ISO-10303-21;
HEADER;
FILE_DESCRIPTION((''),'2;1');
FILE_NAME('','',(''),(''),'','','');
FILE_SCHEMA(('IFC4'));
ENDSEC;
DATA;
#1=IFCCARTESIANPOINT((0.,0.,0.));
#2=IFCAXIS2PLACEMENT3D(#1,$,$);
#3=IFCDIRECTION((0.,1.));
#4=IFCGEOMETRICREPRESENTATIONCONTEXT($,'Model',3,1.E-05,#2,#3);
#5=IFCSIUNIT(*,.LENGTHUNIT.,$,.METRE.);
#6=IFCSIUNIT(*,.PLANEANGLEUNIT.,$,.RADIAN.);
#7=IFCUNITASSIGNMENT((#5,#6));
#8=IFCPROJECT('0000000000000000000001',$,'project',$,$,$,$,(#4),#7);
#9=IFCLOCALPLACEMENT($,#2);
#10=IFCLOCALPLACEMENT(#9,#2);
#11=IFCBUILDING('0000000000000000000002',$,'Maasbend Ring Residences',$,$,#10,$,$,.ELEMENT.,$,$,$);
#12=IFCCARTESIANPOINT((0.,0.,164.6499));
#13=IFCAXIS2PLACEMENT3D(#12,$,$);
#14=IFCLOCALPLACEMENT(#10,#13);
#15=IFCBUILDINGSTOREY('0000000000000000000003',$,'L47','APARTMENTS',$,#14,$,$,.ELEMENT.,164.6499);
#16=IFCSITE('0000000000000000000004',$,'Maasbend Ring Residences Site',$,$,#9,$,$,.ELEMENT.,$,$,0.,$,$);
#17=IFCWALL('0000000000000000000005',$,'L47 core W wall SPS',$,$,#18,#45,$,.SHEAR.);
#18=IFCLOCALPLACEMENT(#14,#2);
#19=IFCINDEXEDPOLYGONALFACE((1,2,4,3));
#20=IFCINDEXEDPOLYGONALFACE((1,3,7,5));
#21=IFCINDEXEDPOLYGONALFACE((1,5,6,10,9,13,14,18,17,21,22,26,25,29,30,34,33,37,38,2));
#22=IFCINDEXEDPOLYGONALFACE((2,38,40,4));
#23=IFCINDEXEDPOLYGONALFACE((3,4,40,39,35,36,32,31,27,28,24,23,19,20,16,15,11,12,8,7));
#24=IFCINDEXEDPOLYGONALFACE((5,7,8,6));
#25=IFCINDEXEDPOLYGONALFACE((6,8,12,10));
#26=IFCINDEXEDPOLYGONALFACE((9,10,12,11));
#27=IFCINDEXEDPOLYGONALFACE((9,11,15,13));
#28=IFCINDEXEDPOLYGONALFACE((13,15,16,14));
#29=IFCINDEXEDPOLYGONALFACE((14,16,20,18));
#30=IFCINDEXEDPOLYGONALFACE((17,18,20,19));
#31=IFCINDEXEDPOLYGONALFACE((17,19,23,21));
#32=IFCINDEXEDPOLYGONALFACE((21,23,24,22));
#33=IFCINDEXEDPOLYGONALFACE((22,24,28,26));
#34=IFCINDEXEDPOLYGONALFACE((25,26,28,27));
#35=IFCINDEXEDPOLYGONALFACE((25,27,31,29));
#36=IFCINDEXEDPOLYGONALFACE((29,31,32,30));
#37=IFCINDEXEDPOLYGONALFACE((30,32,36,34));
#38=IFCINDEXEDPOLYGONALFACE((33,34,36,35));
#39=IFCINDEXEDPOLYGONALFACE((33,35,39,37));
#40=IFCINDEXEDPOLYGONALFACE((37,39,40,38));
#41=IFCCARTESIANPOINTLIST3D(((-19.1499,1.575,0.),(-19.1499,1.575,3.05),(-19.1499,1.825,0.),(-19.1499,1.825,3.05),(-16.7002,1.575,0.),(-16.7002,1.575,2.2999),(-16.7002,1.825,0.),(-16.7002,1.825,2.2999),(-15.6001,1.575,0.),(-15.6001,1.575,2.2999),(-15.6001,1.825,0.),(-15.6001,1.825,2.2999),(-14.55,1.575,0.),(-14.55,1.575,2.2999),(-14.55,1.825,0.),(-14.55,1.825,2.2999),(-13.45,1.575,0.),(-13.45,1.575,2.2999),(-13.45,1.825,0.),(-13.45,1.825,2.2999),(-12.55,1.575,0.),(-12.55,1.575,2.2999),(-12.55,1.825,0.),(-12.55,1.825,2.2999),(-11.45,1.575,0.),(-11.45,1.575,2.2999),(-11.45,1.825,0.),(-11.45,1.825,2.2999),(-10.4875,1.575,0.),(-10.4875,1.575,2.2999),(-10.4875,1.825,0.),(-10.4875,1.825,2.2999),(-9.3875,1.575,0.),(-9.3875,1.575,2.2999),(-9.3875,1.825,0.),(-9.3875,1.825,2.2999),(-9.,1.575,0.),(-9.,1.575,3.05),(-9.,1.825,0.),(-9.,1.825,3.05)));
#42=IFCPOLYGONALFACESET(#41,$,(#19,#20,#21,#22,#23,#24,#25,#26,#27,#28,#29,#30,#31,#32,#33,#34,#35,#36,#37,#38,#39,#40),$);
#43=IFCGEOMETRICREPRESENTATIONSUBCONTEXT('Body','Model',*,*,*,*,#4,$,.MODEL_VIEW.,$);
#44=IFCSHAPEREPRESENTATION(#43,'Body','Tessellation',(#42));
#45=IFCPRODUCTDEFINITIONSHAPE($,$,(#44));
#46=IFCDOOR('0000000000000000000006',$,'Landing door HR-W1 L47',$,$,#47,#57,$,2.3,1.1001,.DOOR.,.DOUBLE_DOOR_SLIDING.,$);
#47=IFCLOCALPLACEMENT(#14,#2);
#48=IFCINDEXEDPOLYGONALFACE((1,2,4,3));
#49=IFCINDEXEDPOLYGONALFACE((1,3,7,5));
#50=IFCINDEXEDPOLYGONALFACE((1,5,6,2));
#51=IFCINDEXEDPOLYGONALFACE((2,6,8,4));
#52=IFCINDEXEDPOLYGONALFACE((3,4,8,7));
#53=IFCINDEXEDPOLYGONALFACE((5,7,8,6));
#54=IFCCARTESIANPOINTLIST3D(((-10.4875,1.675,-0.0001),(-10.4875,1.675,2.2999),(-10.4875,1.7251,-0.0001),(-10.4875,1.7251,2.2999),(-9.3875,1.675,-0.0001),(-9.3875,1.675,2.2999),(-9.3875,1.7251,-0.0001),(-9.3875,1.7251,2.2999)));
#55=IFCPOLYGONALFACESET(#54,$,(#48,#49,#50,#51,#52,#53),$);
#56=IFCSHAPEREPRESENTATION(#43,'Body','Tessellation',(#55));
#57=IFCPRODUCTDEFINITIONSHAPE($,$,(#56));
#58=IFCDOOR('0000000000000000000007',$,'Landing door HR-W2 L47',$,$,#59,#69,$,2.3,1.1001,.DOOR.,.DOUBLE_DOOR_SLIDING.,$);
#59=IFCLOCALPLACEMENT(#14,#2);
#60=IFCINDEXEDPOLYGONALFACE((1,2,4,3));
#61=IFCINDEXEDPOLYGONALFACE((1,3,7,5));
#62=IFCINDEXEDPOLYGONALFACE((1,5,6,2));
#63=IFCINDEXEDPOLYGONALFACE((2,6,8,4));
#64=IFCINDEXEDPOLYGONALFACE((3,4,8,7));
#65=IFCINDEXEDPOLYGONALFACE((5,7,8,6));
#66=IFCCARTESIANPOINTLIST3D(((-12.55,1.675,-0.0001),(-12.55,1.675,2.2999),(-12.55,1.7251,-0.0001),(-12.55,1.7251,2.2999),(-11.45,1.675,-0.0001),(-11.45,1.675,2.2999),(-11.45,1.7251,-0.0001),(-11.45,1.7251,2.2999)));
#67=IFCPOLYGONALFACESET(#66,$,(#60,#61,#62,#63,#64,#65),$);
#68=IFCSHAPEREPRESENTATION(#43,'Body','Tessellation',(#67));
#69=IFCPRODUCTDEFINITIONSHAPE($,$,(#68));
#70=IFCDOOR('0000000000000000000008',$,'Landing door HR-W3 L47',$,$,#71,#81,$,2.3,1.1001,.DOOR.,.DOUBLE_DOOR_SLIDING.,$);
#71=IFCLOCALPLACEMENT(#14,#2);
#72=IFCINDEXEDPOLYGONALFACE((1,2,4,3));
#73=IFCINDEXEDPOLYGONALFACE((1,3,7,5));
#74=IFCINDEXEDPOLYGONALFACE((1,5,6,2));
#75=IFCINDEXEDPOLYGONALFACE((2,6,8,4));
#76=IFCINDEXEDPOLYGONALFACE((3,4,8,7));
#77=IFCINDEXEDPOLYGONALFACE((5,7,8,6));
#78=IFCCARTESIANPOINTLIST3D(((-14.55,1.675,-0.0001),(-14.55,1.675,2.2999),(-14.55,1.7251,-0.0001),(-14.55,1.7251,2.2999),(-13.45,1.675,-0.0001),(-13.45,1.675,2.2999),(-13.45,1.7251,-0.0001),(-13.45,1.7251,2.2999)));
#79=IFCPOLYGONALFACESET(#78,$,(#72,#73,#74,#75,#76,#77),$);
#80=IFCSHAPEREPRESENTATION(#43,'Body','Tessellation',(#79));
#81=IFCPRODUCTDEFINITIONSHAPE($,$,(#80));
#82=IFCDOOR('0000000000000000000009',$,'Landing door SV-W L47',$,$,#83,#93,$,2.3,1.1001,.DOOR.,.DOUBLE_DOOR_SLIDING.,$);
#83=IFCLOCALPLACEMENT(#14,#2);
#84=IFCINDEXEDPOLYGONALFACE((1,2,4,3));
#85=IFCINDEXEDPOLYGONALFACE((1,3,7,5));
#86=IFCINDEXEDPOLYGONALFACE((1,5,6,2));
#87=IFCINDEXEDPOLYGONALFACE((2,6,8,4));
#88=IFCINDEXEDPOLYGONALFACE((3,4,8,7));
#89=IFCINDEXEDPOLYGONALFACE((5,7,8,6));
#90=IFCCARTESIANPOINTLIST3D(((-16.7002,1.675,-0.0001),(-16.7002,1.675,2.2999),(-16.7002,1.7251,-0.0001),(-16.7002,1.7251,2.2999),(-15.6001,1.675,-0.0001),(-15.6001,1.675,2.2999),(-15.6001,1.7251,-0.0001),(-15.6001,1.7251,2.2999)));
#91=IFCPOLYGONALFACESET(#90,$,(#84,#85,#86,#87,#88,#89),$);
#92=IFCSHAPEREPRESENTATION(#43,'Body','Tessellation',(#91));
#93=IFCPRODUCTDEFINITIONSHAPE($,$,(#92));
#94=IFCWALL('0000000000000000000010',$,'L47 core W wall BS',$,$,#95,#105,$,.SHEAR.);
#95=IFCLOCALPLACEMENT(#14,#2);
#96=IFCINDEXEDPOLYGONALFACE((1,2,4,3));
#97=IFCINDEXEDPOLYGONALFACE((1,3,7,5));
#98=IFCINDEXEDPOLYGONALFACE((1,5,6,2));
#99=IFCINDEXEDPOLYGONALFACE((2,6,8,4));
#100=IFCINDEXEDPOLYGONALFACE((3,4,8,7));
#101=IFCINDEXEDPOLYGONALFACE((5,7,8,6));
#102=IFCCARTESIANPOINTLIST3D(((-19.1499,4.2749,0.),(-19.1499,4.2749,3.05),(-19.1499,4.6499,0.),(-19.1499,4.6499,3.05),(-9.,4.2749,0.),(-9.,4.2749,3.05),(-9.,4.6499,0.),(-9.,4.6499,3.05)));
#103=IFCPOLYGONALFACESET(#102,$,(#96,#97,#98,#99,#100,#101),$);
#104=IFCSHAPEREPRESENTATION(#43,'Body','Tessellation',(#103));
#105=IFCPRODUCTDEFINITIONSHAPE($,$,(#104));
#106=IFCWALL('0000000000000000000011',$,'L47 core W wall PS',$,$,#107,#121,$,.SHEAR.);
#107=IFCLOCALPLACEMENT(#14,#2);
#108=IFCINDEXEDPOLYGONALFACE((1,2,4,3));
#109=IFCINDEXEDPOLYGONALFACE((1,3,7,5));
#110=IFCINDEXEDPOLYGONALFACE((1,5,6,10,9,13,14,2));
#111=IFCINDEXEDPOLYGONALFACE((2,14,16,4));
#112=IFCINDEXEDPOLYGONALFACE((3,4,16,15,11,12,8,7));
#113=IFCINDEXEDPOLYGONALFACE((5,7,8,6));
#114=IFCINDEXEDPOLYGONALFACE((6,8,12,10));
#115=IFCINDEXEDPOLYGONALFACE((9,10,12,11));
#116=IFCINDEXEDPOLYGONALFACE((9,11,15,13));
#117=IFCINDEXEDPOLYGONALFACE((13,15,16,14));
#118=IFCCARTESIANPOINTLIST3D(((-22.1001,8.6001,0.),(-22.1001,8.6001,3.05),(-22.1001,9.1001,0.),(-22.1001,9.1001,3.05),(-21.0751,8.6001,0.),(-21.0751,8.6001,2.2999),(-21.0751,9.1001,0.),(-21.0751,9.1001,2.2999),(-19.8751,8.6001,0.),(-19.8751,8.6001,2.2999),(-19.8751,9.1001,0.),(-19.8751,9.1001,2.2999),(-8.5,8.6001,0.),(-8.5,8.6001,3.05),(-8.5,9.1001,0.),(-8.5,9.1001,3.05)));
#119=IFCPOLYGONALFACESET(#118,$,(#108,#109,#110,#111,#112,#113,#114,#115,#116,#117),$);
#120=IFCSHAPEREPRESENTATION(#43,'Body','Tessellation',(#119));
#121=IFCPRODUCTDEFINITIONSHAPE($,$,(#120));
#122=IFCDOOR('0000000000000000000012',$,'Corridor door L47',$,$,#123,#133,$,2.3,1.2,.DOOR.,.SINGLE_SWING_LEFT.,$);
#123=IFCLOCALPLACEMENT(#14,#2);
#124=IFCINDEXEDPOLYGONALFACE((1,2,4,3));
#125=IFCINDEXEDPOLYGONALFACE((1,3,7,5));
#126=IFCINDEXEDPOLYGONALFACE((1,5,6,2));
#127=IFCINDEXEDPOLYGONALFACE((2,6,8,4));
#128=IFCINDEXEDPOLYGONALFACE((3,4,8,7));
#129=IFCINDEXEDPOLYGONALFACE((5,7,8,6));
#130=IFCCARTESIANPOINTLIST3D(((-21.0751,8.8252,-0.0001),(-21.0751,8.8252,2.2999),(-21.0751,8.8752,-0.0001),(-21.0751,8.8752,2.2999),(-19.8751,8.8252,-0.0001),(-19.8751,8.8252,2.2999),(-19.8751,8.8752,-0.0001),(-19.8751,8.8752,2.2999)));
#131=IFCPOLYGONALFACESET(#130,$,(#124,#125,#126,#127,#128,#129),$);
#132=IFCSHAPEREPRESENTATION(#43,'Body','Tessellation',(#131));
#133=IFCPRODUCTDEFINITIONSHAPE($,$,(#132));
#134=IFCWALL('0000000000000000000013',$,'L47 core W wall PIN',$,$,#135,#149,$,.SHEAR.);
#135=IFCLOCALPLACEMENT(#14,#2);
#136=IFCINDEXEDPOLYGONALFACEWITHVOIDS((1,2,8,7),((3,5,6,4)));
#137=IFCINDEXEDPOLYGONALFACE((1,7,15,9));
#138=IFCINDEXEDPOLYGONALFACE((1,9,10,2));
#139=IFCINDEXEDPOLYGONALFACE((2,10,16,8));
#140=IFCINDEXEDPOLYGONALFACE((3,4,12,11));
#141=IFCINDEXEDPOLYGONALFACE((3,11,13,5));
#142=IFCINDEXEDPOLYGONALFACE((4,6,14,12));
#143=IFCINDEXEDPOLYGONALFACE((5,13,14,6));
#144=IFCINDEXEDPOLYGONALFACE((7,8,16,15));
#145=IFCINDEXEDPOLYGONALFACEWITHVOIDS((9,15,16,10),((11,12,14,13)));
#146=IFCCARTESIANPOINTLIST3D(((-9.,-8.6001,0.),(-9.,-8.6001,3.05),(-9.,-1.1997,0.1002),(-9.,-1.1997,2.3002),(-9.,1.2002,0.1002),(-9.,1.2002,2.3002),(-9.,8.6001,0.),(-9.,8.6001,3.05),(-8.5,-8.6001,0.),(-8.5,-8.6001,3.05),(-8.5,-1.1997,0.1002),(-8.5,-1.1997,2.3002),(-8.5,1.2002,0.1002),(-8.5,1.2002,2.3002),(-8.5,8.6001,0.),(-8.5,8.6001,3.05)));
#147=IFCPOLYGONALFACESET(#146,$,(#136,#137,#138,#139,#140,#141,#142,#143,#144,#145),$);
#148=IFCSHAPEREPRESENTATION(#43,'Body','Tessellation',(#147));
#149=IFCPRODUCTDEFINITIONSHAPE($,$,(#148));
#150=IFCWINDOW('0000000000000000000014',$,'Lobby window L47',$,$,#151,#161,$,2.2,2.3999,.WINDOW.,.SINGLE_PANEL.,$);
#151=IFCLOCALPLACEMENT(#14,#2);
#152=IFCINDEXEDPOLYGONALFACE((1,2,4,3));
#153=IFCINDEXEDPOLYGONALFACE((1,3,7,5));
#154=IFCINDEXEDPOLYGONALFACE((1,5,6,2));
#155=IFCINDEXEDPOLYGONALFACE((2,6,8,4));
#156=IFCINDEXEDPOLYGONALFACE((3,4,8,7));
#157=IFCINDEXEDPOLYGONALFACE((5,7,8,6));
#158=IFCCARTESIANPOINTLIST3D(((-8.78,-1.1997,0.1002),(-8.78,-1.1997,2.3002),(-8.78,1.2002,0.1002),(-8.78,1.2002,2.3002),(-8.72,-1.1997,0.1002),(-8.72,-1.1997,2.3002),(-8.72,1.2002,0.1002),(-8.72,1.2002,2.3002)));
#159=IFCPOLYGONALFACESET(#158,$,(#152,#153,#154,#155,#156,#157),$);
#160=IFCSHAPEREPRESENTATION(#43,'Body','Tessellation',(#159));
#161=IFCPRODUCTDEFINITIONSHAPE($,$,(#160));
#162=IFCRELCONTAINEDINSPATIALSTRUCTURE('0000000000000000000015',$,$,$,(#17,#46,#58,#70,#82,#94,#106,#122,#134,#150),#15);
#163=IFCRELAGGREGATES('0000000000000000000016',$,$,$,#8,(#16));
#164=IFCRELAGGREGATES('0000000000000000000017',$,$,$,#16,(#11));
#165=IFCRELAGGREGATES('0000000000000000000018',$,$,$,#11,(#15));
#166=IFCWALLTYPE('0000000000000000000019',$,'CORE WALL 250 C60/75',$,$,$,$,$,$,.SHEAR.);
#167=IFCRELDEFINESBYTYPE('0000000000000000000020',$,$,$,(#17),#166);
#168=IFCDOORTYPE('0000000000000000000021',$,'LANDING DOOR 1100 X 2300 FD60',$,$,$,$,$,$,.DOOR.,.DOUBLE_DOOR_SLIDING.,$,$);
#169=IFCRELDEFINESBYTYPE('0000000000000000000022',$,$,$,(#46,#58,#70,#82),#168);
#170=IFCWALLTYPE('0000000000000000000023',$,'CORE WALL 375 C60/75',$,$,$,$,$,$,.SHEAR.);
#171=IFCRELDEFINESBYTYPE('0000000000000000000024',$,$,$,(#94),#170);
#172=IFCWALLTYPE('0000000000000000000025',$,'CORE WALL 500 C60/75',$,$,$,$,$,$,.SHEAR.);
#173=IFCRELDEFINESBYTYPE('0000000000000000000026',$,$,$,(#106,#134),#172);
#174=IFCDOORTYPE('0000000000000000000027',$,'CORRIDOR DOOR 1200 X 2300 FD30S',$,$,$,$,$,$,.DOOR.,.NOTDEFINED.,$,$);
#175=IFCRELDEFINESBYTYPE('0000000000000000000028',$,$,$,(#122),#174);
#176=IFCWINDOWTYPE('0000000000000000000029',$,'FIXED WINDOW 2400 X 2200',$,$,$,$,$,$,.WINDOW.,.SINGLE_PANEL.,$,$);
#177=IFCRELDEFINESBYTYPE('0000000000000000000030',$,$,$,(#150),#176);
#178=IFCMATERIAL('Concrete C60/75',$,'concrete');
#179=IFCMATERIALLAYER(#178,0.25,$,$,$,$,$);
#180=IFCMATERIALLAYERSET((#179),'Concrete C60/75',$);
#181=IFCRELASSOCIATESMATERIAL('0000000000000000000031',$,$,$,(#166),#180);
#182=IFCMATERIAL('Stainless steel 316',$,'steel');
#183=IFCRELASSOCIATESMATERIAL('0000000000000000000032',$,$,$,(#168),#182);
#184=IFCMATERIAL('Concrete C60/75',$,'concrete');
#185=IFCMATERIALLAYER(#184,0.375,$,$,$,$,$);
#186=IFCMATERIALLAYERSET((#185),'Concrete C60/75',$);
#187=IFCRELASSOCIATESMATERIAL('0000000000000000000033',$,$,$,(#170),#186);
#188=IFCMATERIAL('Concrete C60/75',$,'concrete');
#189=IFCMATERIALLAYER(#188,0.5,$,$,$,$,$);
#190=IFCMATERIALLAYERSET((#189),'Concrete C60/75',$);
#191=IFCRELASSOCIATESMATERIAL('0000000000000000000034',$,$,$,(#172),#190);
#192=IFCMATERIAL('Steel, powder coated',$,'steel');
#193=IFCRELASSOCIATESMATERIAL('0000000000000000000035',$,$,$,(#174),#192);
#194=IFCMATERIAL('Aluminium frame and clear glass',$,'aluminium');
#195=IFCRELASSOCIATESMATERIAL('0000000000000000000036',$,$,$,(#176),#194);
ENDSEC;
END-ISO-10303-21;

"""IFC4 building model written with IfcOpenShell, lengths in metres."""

from ifc_helpers import new_model, si_unit, direction, frame, frame_2d, origin, place, context, subcontext, project, spatial, rectangle, extrude, material, layer, layer_set, type_object, element, fill, save


model = new_model("IFC4")

# Units and contexts
model_context = context("Model", 3, precision=1e-05, world=origin(), true_north=direction((0.0, 1.0)))
body_context = subcontext(model_context, "Body", "Model", "MODEL_VIEW")
ifc_project = project(units=[si_unit("LENGTHUNIT", "METRE"), si_unit("PLANEANGLEUNIT", "RADIAN")], contexts=[model_context])

# Site, building, storey
site_placement = place(None, origin())
site = spatial("IfcSite", under=ifc_project, at=site_placement, Name="Maasbend Ring Residences Site", CompositionType="ELEMENT", RefElevation=0.0)
building_placement = place(site_placement, origin())
building = spatial("IfcBuilding", under=site, at=building_placement, Name="Maasbend Ring Residences", CompositionType="ELEMENT")
storey_placement = place(building_placement, frame((0.0, 0.0, 164.6499)))
storey = spatial("IfcBuildingStorey", under=building, at=storey_placement, Name="L47", Description="APARTMENTS", CompositionType="ELEMENT", Elevation=164.6499)

# Wall, openings, doors
ifc_material_1 = material(Name="Concrete C60/75", Category="concrete")
ifc_layer_1 = layer(ifc_material_1, 0.25)
ifc_layer_set_1 = layer_set([ifc_layer_1], Name="Concrete C60/75")
wall_type_1 = type_object("IfcWallType", Name="CORE WALL 250 C60/75", PredefinedType="SHEAR", material=ifc_layer_set_1)
wall_1_placement = place(storey_placement, frame((-9.0, 1.7, 0.0), z_axis=(0.0, 0.0, 1.0), x_axis=(-1.0, 0.0, 0.0)))
wall_1 = element("IfcWall", 1, at=wall_1_placement, inside=storey, type_object=wall_type_1, Name="L47 core W wall SPS", PredefinedType="SHEAR", context=body_context, shape_type="SweptSolid", body=[
    extrude(rectangle(XDim=10.1499, YDim=0.25, at=frame_2d((5.075, 0.0))), origin(), (0.0, 0.0, 1.0), 3.05),
])
opening_1_placement = place(wall_1_placement, frame((0.3875, 0.0, 0.0)))
opening_1 = element("IfcOpeningElement", 2, at=opening_1_placement, cuts=wall_1, PredefinedType="OPENING", context=body_context, shape_type="SweptSolid", body=[
    extrude(rectangle(XDim=1.1001, YDim=2.3, at=frame_2d((0.55, 1.1499))), frame((0.0, 0.135, 0.0), z_axis=(0.0, -1.0, 0.0), x_axis=(1.0, 0.0, 0.0)), (0.0, 0.0, 1.0), 0.27),
])
opening_2_placement = place(wall_1_placement, frame((2.45, 0.0, 0.0)))
opening_2 = element("IfcOpeningElement", 3, at=opening_2_placement, cuts=wall_1, PredefinedType="OPENING", context=body_context, shape_type="SweptSolid", body=[
    extrude(rectangle(XDim=1.1001, YDim=2.3, at=frame_2d((0.55, 1.1499))), frame((0.0, 0.135, 0.0), z_axis=(0.0, -1.0, 0.0), x_axis=(1.0, 0.0, 0.0)), (0.0, 0.0, 1.0), 0.27),
])
opening_3_placement = place(wall_1_placement, frame((4.45, 0.0, 0.0)))
opening_3 = element("IfcOpeningElement", 4, at=opening_3_placement, cuts=wall_1, PredefinedType="OPENING", context=body_context, shape_type="SweptSolid", body=[
    extrude(rectangle(XDim=1.1001, YDim=2.3, at=frame_2d((0.55, 1.1499))), frame((0.0, 0.135, 0.0), z_axis=(0.0, -1.0, 0.0), x_axis=(1.0, 0.0, 0.0)), (0.0, 0.0, 1.0), 0.27),
])
opening_4_placement = place(wall_1_placement, frame((6.6001, 0.0, 0.0)))
opening_4 = element("IfcOpeningElement", 5, at=opening_4_placement, cuts=wall_1, PredefinedType="OPENING", context=body_context, shape_type="SweptSolid", body=[
    extrude(rectangle(XDim=1.1001, YDim=2.3, at=frame_2d((0.55, 1.1499))), frame((0.0, 0.135, 0.0), z_axis=(0.0, -1.0, 0.0), x_axis=(1.0, 0.0, 0.0)), (0.0, 0.0, 1.0), 0.27),
])
ifc_material_2 = material(Name="Stainless steel 316", Category="steel")
door_type_1 = type_object("IfcDoorType", Name="LANDING DOOR 1100 X 2300 FD60", OperationType="DOUBLE_DOOR_SLIDING", PredefinedType="DOOR", material=ifc_material_2)
door_1_placement = place(opening_1_placement, origin())
door_1 = element("IfcDoor", 6, at=door_1_placement, inside=storey, type_object=door_type_1, Name="Landing door HR-W1 L47", OperationType="DOUBLE_DOOR_SLIDING", OverallHeight=2.3, OverallWidth=1.1001, PredefinedType="DOOR", context=body_context, shape_type="SweptSolid", body=[
    extrude(rectangle(XDim=1.1001, YDim=2.3, at=frame_2d((0.55, 1.1499))), frame((0.0, 0.0249, 0.0), z_axis=(0.0, -1.0, 0.0), x_axis=(1.0, 0.0, 0.0)), (0.0, 0.0, 1.0), 0.05),
])
fill(opening_1, door_1)
door_2_placement = place(opening_2_placement, origin())
door_2 = element("IfcDoor", 7, at=door_2_placement, inside=storey, type_object=door_type_1, Name="Landing door HR-W2 L47", OperationType="DOUBLE_DOOR_SLIDING", OverallHeight=2.3, OverallWidth=1.1001, PredefinedType="DOOR", context=body_context, shape_type="SweptSolid", body=[
    extrude(rectangle(XDim=1.1001, YDim=2.3, at=frame_2d((0.55, 1.1499))), frame((0.0, 0.0249, 0.0), z_axis=(0.0, -1.0, 0.0), x_axis=(1.0, 0.0, 0.0)), (0.0, 0.0, 1.0), 0.05),
])
fill(opening_2, door_2)
door_3_placement = place(opening_3_placement, origin())
door_3 = element("IfcDoor", 8, at=door_3_placement, inside=storey, type_object=door_type_1, Name="Landing door HR-W3 L47", OperationType="DOUBLE_DOOR_SLIDING", OverallHeight=2.3, OverallWidth=1.1001, PredefinedType="DOOR", context=body_context, shape_type="SweptSolid", body=[
    extrude(rectangle(XDim=1.1001, YDim=2.3, at=frame_2d((0.55, 1.1499))), frame((0.0, 0.0249, 0.0), z_axis=(0.0, -1.0, 0.0), x_axis=(1.0, 0.0, 0.0)), (0.0, 0.0, 1.0), 0.05),
])
fill(opening_3, door_3)
door_4_placement = place(opening_4_placement, origin())
door_4 = element("IfcDoor", 9, at=door_4_placement, inside=storey, type_object=door_type_1, Name="Landing door SV-W L47", OperationType="DOUBLE_DOOR_SLIDING", OverallHeight=2.3, OverallWidth=1.1001, PredefinedType="DOOR", context=body_context, shape_type="SweptSolid", body=[
    extrude(rectangle(XDim=1.1001, YDim=2.3, at=frame_2d((0.55, 1.1499))), frame((0.0, 0.0249, 0.0), z_axis=(0.0, -1.0, 0.0), x_axis=(1.0, 0.0, 0.0)), (0.0, 0.0, 1.0), 0.05),
])
fill(opening_4, door_4)

# Wall
ifc_material_3 = material(Name="Concrete C60/75", Category="concrete")
ifc_layer_2 = layer(ifc_material_3, 0.375)
ifc_layer_set_2 = layer_set([ifc_layer_2], Name="Concrete C60/75")
wall_type_2 = type_object("IfcWallType", Name="CORE WALL 375 C60/75", PredefinedType="SHEAR", material=ifc_layer_set_2)
wall_2_placement = place(storey_placement, frame((-9.0, 4.4624, 0.0), z_axis=(0.0, 0.0, 1.0), x_axis=(-1.0, 0.0, 0.0)))
element("IfcWall", 10, at=wall_2_placement, inside=storey, type_object=wall_type_2, Name="L47 core W wall BS", PredefinedType="SHEAR", context=body_context, shape_type="SweptSolid", body=[
    extrude(rectangle(XDim=10.1499, YDim=0.375, at=frame_2d((5.075, 0.0))), origin(), (0.0, 0.0, 1.0), 3.05),
])

# Wall, opening, door
ifc_material_4 = material(Name="Concrete C60/75", Category="concrete")
ifc_layer_3 = layer(ifc_material_4, 0.5)
ifc_layer_set_3 = layer_set([ifc_layer_3], Name="Concrete C60/75")
wall_type_3 = type_object("IfcWallType", Name="CORE WALL 500 C60/75", PredefinedType="SHEAR", material=ifc_layer_set_3)
wall_3_placement = place(storey_placement, frame((-8.5, 8.8501, 0.0), z_axis=(0.0, 0.0, 1.0), x_axis=(-1.0, 0.0, 0.0)))
wall_3 = element("IfcWall", 11, at=wall_3_placement, inside=storey, type_object=wall_type_3, Name="L47 core W wall PS", PredefinedType="SHEAR", context=body_context, shape_type="SweptSolid", body=[
    extrude(rectangle(XDim=13.6001, YDim=0.5, at=frame_2d((6.8, 0.0))), origin(), (0.0, 0.0, 1.0), 3.05),
])
opening_5_placement = place(wall_3_placement, frame((11.375, 0.0, 0.0)))
opening_5 = element("IfcOpeningElement", 12, at=opening_5_placement, cuts=wall_3, PredefinedType="OPENING", context=body_context, shape_type="SweptSolid", body=[
    extrude(rectangle(XDim=1.2, YDim=2.3, at=frame_2d((0.6001, 1.1499))), frame((0.0, 0.26, 0.0), z_axis=(0.0, -1.0, 0.0), x_axis=(1.0, 0.0, 0.0)), (0.0, 0.0, 1.0), 0.52),
])
ifc_material_5 = material(Name="Steel, powder coated", Category="steel")
door_type_2 = type_object("IfcDoorType", Name="CORRIDOR DOOR 1200 X 2300 FD30S", OperationType="NOTDEFINED", PredefinedType="DOOR", material=ifc_material_5)
door_5_placement = place(opening_5_placement, origin())
door_5 = element("IfcDoor", 13, at=door_5_placement, inside=storey, type_object=door_type_2, Name="Corridor door L47", OperationType="SINGLE_SWING_LEFT", OverallHeight=2.3, OverallWidth=1.2, PredefinedType="DOOR", context=body_context, shape_type="SweptSolid", body=[
    extrude(rectangle(XDim=1.2, YDim=2.3, at=frame_2d((0.6001, 1.1499))), frame((0.0, 0.0249, 0.0), z_axis=(0.0, -1.0, 0.0), x_axis=(1.0, 0.0, 0.0)), (0.0, 0.0, 1.0), 0.05),
])
fill(opening_5, door_5)

# Wall, opening, window
wall_4_placement = place(storey_placement, frame((-8.75, 8.6001, 0.0), z_axis=(0.0, 0.0, 1.0), x_axis=(0.0, -1.0, 0.0)))
wall_4 = element("IfcWall", 14, at=wall_4_placement, inside=storey, type_object=wall_type_3, Name="L47 core W wall PIN", PredefinedType="SHEAR", context=body_context, shape_type="SweptSolid", body=[
    extrude(rectangle(XDim=17.2002, YDim=0.5, at=frame_2d((8.6001, 0.0))), origin(), (0.0, 0.0, 1.0), 3.05),
])
opening_6_placement = place(wall_4_placement, frame((7.3999, 0.0, 0.1001)))
opening_6 = element("IfcOpeningElement", 15, at=opening_6_placement, cuts=wall_4, PredefinedType="OPENING", context=body_context, shape_type="SweptSolid", body=[
    extrude(rectangle(XDim=2.3999, YDim=2.2, at=frame_2d((1.2, 1.1001))), frame((0.0, 0.26, 0.0), z_axis=(0.0, -1.0, 0.0), x_axis=(1.0, 0.0, 0.0)), (0.0, 0.0, 1.0), 0.52),
])
ifc_material_6 = material(Name="Aluminium frame and clear glass", Category="aluminium")
window_type = type_object("IfcWindowType", Name="FIXED WINDOW 2400 X 2200", PartitioningType="SINGLE_PANEL", PredefinedType="WINDOW", material=ifc_material_6)
window_placement = place(opening_6_placement, origin())
window = element("IfcWindow", 16, at=window_placement, inside=storey, type_object=window_type, Name="Lobby window L47", OverallHeight=2.2, OverallWidth=2.3999, PartitioningType="SINGLE_PANEL", PredefinedType="WINDOW", context=body_context, shape_type="SweptSolid", body=[
    extrude(rectangle(XDim=2.3999, YDim=2.2, at=frame_2d((1.2, 1.1001))), frame((0.0, 0.03, 0.0), z_axis=(0.0, -1.0, 0.0), x_axis=(1.0, 0.0, 0.0)), (0.0, 0.0, 1.0), 0.0601),
])
fill(opening_6, window)

save(model, "model.ifc")
